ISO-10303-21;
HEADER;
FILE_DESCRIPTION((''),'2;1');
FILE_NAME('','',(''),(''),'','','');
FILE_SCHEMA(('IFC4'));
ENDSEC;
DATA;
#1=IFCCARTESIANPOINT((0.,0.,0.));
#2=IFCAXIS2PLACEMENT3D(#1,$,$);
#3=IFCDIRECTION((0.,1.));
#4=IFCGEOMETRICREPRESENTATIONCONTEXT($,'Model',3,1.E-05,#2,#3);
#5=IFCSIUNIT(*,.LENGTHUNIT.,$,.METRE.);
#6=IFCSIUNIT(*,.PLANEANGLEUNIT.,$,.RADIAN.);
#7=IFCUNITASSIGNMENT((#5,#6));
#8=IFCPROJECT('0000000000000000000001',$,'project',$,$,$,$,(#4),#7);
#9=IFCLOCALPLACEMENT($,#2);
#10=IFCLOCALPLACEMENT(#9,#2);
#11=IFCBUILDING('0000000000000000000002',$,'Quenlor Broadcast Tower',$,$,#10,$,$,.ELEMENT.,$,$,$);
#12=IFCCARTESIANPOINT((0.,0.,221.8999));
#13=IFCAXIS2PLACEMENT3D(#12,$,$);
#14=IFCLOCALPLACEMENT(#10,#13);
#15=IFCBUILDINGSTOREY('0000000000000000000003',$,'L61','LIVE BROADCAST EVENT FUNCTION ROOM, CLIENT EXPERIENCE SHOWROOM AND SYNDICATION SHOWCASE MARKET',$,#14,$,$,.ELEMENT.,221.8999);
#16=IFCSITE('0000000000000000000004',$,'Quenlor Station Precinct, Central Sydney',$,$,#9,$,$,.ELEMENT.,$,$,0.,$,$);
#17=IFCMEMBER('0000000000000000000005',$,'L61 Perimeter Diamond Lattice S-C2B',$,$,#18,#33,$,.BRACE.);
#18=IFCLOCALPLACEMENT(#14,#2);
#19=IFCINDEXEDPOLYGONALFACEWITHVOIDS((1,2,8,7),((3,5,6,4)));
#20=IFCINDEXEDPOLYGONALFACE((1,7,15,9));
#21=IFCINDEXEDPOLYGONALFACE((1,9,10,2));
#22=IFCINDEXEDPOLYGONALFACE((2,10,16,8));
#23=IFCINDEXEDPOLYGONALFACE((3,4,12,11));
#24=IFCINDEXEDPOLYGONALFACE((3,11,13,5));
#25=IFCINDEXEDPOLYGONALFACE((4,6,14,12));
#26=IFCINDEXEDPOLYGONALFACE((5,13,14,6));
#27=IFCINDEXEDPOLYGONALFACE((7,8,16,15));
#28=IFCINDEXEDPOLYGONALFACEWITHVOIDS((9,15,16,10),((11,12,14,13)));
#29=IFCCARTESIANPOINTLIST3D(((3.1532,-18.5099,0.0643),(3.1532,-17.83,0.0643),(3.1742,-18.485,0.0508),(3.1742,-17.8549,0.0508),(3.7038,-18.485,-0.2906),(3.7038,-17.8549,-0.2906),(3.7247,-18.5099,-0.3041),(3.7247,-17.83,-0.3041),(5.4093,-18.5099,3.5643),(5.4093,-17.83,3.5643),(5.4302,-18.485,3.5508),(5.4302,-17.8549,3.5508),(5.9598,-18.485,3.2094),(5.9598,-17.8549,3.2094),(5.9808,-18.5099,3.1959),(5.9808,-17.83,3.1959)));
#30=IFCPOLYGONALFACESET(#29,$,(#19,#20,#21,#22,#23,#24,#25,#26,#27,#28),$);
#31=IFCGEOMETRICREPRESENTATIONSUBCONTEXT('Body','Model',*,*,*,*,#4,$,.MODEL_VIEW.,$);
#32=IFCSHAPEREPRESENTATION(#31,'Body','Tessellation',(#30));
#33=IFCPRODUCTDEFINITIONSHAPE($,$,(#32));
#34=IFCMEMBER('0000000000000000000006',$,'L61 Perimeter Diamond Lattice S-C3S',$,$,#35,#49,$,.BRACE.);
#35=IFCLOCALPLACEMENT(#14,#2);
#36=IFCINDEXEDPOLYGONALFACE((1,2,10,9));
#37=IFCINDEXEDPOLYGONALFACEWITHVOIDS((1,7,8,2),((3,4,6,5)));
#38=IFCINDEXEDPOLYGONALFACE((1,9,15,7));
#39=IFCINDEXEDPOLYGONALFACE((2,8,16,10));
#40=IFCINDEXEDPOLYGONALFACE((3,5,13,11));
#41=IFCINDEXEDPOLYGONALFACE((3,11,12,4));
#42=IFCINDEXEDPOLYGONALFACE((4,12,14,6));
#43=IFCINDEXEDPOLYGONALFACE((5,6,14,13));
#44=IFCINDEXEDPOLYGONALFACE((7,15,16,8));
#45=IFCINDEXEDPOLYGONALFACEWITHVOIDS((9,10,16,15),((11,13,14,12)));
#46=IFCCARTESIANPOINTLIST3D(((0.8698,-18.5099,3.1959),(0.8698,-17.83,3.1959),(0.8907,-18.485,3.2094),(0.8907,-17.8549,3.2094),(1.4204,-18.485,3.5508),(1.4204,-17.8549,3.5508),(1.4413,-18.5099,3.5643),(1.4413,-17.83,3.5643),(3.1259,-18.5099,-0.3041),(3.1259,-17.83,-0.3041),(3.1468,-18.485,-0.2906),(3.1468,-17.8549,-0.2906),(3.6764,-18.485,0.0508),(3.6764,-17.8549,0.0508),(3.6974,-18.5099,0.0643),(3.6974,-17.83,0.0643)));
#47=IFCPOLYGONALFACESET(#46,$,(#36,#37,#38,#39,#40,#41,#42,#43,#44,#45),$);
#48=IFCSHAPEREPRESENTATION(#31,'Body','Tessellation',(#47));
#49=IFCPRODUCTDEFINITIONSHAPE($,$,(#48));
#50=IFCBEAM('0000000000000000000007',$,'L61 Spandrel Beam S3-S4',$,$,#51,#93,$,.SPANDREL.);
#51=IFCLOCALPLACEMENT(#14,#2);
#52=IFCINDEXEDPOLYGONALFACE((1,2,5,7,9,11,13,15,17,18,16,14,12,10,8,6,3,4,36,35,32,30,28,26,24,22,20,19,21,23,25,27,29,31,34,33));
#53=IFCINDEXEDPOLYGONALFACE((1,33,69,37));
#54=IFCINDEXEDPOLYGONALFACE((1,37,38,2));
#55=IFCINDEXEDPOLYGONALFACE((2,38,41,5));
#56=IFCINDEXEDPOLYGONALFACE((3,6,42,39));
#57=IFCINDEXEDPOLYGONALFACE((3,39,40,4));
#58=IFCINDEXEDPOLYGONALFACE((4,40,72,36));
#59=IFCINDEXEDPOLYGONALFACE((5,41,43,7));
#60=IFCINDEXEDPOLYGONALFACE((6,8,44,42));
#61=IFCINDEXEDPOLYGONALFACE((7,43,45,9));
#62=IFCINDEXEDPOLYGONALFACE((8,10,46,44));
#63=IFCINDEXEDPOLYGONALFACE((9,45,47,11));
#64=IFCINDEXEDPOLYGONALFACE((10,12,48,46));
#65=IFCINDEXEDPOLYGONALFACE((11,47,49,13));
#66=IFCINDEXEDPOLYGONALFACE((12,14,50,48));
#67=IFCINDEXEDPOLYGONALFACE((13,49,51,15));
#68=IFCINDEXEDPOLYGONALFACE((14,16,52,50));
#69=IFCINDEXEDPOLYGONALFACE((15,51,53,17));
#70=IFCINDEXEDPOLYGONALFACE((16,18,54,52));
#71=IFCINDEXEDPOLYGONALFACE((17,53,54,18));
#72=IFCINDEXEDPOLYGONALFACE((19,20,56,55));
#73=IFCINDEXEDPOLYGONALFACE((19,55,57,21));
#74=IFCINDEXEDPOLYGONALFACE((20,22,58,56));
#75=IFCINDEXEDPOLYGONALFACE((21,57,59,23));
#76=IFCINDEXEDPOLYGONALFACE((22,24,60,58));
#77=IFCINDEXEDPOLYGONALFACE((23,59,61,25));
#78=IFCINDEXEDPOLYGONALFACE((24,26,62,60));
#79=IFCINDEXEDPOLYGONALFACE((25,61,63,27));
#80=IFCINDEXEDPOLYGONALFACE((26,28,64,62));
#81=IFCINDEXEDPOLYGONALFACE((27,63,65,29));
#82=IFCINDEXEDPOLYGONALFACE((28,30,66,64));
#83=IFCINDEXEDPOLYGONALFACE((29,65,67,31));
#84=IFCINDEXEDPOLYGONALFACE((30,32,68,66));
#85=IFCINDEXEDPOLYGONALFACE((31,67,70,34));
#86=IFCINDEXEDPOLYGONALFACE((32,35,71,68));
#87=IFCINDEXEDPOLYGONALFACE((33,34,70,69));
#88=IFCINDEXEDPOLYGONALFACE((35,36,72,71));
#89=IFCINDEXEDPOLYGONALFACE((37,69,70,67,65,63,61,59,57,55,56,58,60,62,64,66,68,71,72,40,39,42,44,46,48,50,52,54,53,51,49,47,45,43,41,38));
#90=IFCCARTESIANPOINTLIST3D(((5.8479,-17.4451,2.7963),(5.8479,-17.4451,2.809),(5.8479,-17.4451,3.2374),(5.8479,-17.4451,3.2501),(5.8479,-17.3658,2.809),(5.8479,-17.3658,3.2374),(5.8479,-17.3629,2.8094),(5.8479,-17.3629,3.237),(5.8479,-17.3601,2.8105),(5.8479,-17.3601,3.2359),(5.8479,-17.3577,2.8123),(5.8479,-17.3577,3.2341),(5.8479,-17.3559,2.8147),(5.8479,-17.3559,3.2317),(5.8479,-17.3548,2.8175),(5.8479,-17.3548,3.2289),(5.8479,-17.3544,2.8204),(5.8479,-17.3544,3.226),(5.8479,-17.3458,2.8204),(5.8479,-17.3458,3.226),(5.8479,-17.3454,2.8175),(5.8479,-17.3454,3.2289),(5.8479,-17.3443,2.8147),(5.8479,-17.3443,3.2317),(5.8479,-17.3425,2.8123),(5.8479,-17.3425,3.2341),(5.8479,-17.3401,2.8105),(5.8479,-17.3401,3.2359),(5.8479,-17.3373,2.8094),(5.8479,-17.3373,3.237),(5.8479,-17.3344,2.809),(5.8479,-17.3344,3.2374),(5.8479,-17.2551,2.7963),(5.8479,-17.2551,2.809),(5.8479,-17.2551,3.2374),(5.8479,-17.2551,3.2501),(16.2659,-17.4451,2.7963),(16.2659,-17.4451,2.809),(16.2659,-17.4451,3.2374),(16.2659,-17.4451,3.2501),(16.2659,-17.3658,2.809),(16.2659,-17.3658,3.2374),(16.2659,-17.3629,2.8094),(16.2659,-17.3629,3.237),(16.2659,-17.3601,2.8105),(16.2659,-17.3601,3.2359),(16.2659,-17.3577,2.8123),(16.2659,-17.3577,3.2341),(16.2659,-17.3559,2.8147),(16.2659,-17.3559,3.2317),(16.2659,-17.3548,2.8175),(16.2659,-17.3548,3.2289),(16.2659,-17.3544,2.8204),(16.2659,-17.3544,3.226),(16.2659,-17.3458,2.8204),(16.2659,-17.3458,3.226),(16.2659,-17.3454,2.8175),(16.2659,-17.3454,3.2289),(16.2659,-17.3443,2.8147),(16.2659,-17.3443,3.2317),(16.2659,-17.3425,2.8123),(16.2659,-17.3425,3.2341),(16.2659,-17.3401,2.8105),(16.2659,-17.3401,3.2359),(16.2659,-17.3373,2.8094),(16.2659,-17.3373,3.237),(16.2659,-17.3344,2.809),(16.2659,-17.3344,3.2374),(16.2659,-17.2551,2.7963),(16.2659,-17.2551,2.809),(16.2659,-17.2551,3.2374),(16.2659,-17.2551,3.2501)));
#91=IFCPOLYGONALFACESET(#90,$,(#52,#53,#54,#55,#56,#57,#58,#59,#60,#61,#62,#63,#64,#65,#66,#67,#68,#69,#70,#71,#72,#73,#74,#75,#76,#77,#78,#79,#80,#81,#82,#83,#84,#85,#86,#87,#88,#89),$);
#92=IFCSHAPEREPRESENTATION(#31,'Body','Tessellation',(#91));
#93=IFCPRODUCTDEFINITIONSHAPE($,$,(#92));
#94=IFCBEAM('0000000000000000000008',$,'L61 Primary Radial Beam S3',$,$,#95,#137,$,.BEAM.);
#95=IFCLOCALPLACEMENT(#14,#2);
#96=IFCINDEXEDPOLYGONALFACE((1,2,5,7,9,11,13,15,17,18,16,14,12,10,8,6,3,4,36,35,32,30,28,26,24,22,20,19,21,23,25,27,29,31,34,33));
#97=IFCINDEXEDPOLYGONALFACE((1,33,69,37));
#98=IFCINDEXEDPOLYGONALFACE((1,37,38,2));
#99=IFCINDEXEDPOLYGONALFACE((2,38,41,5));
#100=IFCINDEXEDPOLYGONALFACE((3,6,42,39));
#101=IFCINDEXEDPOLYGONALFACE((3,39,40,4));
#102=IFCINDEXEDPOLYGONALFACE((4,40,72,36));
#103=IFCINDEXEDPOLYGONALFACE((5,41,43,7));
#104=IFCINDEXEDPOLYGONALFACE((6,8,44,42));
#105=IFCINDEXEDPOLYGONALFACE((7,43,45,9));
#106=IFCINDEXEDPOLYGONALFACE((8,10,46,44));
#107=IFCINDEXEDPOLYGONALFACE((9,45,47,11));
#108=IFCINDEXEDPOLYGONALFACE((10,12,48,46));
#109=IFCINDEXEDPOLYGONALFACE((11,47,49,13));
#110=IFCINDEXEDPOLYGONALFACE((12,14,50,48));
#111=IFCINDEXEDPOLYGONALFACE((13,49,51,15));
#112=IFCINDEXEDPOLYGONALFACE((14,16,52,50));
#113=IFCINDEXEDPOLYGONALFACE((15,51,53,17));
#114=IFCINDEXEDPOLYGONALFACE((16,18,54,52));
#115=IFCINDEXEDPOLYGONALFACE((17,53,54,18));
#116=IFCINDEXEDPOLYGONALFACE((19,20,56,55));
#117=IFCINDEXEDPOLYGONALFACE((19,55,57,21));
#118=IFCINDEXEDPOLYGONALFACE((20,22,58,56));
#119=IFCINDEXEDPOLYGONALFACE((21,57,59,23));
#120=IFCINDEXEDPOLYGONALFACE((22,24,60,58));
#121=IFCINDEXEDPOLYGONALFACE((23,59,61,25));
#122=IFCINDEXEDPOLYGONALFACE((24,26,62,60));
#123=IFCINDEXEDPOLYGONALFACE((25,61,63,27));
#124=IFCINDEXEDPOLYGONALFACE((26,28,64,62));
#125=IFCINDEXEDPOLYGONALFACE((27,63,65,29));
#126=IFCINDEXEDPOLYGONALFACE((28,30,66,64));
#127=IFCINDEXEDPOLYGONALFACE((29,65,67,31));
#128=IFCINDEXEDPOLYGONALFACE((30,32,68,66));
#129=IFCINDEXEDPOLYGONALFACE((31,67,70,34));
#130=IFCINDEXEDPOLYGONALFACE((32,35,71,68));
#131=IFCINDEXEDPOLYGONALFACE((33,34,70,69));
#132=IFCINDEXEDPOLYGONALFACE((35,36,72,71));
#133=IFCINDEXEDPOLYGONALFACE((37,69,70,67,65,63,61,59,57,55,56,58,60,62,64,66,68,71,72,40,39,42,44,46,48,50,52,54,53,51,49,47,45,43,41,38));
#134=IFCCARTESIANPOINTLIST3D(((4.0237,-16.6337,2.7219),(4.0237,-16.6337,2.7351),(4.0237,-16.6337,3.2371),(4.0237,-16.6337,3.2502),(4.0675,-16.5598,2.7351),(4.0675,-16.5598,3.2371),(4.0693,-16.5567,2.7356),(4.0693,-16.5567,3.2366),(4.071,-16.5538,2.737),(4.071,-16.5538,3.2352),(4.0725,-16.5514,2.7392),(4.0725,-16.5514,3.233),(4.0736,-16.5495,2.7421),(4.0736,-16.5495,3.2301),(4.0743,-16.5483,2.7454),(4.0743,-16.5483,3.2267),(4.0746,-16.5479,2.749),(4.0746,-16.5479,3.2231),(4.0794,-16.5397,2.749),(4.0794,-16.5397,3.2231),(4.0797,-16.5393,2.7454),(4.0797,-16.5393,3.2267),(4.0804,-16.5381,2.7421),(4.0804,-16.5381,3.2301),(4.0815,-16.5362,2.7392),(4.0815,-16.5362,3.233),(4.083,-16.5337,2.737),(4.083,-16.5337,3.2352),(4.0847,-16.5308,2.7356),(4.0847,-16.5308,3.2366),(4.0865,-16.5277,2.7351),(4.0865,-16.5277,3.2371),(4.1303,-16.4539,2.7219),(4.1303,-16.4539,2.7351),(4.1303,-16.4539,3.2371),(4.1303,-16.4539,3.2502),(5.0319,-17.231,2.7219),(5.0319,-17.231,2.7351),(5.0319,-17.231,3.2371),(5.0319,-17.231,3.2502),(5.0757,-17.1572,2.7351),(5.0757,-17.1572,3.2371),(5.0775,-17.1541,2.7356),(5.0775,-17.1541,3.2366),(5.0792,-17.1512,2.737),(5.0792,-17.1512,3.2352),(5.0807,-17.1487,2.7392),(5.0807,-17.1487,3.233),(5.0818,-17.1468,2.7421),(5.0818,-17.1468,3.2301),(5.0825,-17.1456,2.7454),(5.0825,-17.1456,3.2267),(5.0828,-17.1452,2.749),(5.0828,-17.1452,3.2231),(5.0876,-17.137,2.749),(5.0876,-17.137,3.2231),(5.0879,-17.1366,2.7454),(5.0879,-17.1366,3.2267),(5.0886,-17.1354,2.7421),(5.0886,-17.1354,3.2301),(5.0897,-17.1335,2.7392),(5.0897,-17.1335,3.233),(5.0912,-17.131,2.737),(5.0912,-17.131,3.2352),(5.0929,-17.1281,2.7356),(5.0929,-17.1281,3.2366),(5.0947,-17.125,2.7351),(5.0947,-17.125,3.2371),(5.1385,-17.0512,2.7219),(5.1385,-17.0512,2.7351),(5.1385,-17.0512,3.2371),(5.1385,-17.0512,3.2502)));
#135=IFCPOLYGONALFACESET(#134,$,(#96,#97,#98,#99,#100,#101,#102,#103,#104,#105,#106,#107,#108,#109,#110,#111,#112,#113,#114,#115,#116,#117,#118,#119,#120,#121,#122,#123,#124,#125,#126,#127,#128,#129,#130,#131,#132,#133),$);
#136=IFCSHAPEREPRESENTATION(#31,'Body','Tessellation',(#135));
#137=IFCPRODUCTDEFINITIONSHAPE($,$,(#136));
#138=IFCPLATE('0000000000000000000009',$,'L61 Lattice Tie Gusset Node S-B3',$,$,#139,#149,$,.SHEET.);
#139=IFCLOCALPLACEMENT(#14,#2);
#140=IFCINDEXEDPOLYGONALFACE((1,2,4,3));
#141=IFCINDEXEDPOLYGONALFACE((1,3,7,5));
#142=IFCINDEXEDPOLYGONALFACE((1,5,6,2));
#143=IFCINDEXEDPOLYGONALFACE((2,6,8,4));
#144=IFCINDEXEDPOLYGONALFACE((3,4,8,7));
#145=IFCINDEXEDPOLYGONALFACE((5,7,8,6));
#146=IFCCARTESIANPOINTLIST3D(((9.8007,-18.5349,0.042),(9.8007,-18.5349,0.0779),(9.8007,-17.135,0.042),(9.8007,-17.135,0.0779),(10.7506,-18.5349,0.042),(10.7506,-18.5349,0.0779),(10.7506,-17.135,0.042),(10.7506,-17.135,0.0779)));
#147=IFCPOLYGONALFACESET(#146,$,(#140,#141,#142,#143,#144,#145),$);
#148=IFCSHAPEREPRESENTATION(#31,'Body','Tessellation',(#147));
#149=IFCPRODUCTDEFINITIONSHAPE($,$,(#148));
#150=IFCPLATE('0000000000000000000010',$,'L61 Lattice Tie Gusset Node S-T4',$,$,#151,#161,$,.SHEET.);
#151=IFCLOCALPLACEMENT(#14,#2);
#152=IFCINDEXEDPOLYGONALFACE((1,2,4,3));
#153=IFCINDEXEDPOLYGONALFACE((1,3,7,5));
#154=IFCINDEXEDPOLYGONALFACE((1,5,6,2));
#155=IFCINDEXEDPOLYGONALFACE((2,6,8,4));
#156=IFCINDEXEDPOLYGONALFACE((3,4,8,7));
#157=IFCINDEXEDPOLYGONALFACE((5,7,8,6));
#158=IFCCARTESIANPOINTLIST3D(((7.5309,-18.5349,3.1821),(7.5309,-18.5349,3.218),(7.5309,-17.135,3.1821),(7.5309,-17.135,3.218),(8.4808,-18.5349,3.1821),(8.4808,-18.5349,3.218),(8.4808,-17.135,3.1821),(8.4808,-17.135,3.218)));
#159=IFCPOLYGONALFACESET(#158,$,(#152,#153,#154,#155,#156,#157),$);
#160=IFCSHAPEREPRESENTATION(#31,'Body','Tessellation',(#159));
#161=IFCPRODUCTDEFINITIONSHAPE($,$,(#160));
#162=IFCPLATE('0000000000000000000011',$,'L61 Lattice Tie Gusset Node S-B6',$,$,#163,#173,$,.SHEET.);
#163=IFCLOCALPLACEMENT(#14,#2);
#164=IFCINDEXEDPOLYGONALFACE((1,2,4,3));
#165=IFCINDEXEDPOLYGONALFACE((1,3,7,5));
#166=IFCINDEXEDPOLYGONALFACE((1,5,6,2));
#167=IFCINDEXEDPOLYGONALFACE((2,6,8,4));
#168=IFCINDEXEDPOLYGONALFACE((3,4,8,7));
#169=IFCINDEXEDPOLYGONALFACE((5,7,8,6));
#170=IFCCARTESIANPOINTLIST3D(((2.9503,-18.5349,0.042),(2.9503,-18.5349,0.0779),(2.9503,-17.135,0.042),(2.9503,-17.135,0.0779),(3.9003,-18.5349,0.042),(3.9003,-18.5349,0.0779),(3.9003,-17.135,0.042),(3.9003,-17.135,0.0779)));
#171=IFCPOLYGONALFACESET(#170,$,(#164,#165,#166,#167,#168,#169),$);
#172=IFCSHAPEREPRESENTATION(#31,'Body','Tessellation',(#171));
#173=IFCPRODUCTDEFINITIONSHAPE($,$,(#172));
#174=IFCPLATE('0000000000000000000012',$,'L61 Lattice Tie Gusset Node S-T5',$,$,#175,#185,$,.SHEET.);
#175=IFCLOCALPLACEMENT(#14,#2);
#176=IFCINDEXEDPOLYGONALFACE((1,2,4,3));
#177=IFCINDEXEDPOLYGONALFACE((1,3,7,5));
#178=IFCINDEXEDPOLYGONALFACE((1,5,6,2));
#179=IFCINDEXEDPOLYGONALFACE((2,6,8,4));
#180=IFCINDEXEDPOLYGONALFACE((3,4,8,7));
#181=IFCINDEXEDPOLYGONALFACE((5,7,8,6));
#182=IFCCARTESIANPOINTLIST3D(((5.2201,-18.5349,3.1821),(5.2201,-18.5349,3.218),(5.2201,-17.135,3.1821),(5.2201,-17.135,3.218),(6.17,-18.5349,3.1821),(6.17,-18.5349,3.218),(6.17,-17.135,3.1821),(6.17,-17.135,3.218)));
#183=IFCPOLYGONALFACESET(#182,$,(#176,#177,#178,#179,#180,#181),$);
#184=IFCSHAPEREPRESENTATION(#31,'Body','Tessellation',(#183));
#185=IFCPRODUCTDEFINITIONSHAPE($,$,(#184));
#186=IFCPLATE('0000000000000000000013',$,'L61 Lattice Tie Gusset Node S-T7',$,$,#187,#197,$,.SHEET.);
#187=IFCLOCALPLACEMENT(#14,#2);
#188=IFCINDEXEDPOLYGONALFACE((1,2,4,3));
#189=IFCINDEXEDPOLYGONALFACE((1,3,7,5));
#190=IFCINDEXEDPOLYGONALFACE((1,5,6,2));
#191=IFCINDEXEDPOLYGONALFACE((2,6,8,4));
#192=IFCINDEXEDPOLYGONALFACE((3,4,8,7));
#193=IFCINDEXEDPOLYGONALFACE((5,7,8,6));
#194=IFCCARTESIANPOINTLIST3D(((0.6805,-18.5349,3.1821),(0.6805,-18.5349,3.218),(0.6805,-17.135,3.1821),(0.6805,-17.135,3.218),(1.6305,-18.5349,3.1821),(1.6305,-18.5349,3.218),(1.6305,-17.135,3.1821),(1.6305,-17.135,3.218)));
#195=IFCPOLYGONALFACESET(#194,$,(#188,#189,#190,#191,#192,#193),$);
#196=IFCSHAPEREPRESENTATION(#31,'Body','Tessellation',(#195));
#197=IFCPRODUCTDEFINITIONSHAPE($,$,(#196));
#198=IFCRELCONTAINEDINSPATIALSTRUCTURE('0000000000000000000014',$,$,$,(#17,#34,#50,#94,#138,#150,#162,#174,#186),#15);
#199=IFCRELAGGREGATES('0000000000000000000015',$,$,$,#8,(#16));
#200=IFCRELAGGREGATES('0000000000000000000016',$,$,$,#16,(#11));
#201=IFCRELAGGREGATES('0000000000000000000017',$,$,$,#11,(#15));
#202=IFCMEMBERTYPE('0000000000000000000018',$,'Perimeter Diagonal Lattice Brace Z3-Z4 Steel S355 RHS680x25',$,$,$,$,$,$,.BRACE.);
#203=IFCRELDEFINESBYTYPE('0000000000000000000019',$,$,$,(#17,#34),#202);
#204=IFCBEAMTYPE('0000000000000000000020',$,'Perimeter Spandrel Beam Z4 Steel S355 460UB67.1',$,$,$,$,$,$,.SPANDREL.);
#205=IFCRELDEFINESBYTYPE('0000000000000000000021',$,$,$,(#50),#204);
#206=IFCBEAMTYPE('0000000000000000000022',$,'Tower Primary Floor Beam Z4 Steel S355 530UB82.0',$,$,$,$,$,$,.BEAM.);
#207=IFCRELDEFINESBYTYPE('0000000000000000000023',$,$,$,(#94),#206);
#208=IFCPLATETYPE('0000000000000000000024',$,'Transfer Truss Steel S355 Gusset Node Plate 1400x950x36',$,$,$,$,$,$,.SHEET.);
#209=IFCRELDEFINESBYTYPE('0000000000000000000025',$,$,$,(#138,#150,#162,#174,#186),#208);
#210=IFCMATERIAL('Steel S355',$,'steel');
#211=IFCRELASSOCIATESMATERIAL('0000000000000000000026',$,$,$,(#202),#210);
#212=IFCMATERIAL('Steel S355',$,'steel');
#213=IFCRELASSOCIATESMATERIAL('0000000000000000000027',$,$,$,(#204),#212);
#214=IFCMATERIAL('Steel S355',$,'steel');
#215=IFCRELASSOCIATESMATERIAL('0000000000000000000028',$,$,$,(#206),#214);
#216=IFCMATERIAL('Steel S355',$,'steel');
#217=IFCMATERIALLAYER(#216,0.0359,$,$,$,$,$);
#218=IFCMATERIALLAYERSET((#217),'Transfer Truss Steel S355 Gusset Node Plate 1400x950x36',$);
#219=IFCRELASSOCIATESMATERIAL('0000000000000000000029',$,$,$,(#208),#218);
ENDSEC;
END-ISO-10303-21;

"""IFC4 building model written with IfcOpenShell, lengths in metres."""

from ifc_helpers import new_model, si_unit, direction, frame, origin, origin_2d, place, context, subcontext, project, spatial, rectangle, hollow_rectangle, i_section, extrude, material, layer, layer_set, material_profile, profile_set, type_object, element, save


model = new_model("IFC4")

# Units and contexts
model_context = context("Model", 3, precision=1e-05, world=origin(), true_north=direction((0.0, 1.0)))
body_context = subcontext(model_context, "Body", "Model", "MODEL_VIEW")
ifc_project = project(units=[si_unit("LENGTHUNIT", "METRE"), si_unit("PLANEANGLEUNIT", "RADIAN")], contexts=[model_context])

# Site, building, storey
site_placement = place(None, origin())
site = spatial("IfcSite", under=ifc_project, at=site_placement, Name="Quenlor Station Precinct, Central Sydney", CompositionType="ELEMENT", RefElevation=0.0)
building_placement = place(site_placement, origin())
building = spatial("IfcBuilding", under=site, at=building_placement, Name="Quenlor Broadcast Tower", CompositionType="ELEMENT")
storey_placement = place(building_placement, frame((0.0, 0.0, 221.8999)))
storey = spatial("IfcBuildingStorey", under=building, at=storey_placement, Name="L61", Description="LIVE BROADCAST EVENT FUNCTION ROOM, CLIENT EXPERIENCE SHOWROOM AND SYNDICATION SHOWCASE MARKET", CompositionType="ELEMENT", Elevation=221.8999)

# Members
ifc_material_1 = material(Name="Steel S355", Category="steel")
ifc_material_profile_1 = material_profile(ifc_material_1, hollow_rectangle(XDim=0.6799, YDim=0.6799, WallThickness=0.0249, at=origin_2d()))
ifc_profile_set_1 = profile_set([ifc_material_profile_1], Name="Steel S355 RHS680x680x25")
member_type_1 = type_object("IfcMemberType", Name="Perimeter Diagonal Lattice Brace Z3-Z4 Steel S355 RHS680x25", PredefinedType="BRACE", material=ifc_profile_set_1)
for number, where, z_axis, x_axis, name in (
    (1, (3.439, -18.1699, -0.1199), (0.541794, 0.0, 0.840511), (0.0, 1.0, 0.0), "L61 Perimeter Diamond Lattice S-C2B"),
    (2, (3.4116, -18.1699, -0.1199), (-0.541794, 0.0, 0.840511), (0.0, -1.0, 0.0), "L61 Perimeter Diamond Lattice S-C3S"),
):
    element("IfcMember", number, at=place(storey_placement, frame(where, z_axis=z_axis, x_axis=x_axis)), inside=storey, type_object=member_type_1, Name=name, PredefinedType="BRACE", context=body_context, shape_type="SweptSolid", body=[
        extrude(hollow_rectangle(XDim=0.6799, YDim=0.6799, WallThickness=0.0249, at=origin_2d()), origin(), (0.0, 0.0, 1.0), 4.1641),
    ])

# Beams
ifc_material_2 = material(Name="Steel S355", Category="steel")
ifc_material_profile_2 = material_profile(ifc_material_2, i_section(OverallWidth=0.1899, OverallDepth=0.4539, WebThickness=0.0085, FlangeThickness=0.0127, FilletRadius=0.0115, at=origin_2d()))
ifc_profile_set_2 = profile_set([ifc_material_profile_2], Name="Steel S355 460UB67.1")
beam_type_1 = type_object("IfcBeamType", Name="Perimeter Spandrel Beam Z4 Steel S355 460UB67.1", PredefinedType="SPANDREL", material=ifc_profile_set_2)
beam_1_placement = place(storey_placement, frame((5.8479, -17.3501, 3.0232), z_axis=(1.0, 0.0, 0.0), x_axis=(0.0, 1.0, 0.0)))
element("IfcBeam", 3, at=beam_1_placement, inside=storey, type_object=beam_type_1, Name="L61 Spandrel Beam S3-S4", PredefinedType="SPANDREL", context=body_context, shape_type="SweptSolid", body=[
    extrude(i_section(OverallWidth=0.1899, OverallDepth=0.4539, WebThickness=0.0085, FlangeThickness=0.0127, FilletRadius=0.0115, at=origin_2d()), origin(), (0.0, 0.0, 1.0), 10.418),
])
ifc_material_3 = material(Name="Steel S355", Category="steel")
ifc_material_profile_3 = material_profile(ifc_material_3, i_section(OverallWidth=0.209, OverallDepth=0.5283, WebThickness=0.0095, FlangeThickness=0.0132, FilletRadius=0.0139, at=origin_2d()))
ifc_profile_set_3 = profile_set([ifc_material_profile_3], Name="Steel S355 530UB82.0")
beam_type_2 = type_object("IfcBeamType", Name="Tower Primary Floor Beam Z4 Steel S355 530UB82.0", PredefinedType="BEAM", material=ifc_profile_set_3)
beam_2_placement = place(storey_placement, frame((5.0852, -17.1411, 2.9861), z_axis=(-0.860329, 0.50974, 0.0), x_axis=(-0.50974, -0.860329, 0.0)))
element("IfcBeam", 4, at=beam_2_placement, inside=storey, type_object=beam_type_2, Name="L61 Primary Radial Beam S3", PredefinedType="BEAM", context=body_context, shape_type="SweptSolid", body=[
    extrude(i_section(OverallWidth=0.209, OverallDepth=0.5283, WebThickness=0.0095, FlangeThickness=0.0132, FilletRadius=0.0139, at=origin_2d()), origin(), (0.0, 0.0, 1.0), 1.1719),
])

# Plates
ifc_material_4 = material(Name="Steel S355", Category="steel")
ifc_layer_1 = layer(ifc_material_4, 0.0359)
ifc_layer_set_1 = layer_set([ifc_layer_1], Name="Transfer Truss Steel S355 Gusset Node Plate 1400x950x36")
plate_type = type_object("IfcPlateType", Name="Transfer Truss Steel S355 Gusset Node Plate 1400x950x36", PredefinedType="SHEET", material=ifc_layer_set_1)
for number, where, z_axis, x_axis, name in (
    (5, (10.2756, -17.835, 0.042), (0.0, 0.0, 1.0), (0.0, -1.0, 0.0), "L61 Lattice Tie Gusset Node S-B3"),
    (6, (8.0059, -17.835, 3.1821), (0.0, 0.0, 1.0), (0.0, -1.0, 0.0), "L61 Lattice Tie Gusset Node S-T4"),
    (7, (3.4253, -17.835, 0.042), (0.0, 0.0, 1.0), (0.0, -1.0, 0.0), "L61 Lattice Tie Gusset Node S-B6"),
    (8, (5.6951, -17.835, 3.1821), (0.0, 0.0, 1.0), (0.0, -1.0, 0.0), "L61 Lattice Tie Gusset Node S-T5"),
    (9, (1.1555, -17.835, 3.1821), (0.0, 0.0, 1.0), (0.0, -1.0, 0.0), "L61 Lattice Tie Gusset Node S-T7"),
):
    element("IfcPlate", number, at=place(storey_placement, frame(where, z_axis=z_axis, x_axis=x_axis)), inside=storey, type_object=plate_type, Name=name, PredefinedType="SHEET", context=body_context, shape_type="SweptSolid", body=[
        extrude(rectangle(XDim=1.3999, YDim=0.95, at=origin_2d()), origin(), (0.0, 0.0, 1.0), 0.0359),
    ])

save(model, "model.ifc")
